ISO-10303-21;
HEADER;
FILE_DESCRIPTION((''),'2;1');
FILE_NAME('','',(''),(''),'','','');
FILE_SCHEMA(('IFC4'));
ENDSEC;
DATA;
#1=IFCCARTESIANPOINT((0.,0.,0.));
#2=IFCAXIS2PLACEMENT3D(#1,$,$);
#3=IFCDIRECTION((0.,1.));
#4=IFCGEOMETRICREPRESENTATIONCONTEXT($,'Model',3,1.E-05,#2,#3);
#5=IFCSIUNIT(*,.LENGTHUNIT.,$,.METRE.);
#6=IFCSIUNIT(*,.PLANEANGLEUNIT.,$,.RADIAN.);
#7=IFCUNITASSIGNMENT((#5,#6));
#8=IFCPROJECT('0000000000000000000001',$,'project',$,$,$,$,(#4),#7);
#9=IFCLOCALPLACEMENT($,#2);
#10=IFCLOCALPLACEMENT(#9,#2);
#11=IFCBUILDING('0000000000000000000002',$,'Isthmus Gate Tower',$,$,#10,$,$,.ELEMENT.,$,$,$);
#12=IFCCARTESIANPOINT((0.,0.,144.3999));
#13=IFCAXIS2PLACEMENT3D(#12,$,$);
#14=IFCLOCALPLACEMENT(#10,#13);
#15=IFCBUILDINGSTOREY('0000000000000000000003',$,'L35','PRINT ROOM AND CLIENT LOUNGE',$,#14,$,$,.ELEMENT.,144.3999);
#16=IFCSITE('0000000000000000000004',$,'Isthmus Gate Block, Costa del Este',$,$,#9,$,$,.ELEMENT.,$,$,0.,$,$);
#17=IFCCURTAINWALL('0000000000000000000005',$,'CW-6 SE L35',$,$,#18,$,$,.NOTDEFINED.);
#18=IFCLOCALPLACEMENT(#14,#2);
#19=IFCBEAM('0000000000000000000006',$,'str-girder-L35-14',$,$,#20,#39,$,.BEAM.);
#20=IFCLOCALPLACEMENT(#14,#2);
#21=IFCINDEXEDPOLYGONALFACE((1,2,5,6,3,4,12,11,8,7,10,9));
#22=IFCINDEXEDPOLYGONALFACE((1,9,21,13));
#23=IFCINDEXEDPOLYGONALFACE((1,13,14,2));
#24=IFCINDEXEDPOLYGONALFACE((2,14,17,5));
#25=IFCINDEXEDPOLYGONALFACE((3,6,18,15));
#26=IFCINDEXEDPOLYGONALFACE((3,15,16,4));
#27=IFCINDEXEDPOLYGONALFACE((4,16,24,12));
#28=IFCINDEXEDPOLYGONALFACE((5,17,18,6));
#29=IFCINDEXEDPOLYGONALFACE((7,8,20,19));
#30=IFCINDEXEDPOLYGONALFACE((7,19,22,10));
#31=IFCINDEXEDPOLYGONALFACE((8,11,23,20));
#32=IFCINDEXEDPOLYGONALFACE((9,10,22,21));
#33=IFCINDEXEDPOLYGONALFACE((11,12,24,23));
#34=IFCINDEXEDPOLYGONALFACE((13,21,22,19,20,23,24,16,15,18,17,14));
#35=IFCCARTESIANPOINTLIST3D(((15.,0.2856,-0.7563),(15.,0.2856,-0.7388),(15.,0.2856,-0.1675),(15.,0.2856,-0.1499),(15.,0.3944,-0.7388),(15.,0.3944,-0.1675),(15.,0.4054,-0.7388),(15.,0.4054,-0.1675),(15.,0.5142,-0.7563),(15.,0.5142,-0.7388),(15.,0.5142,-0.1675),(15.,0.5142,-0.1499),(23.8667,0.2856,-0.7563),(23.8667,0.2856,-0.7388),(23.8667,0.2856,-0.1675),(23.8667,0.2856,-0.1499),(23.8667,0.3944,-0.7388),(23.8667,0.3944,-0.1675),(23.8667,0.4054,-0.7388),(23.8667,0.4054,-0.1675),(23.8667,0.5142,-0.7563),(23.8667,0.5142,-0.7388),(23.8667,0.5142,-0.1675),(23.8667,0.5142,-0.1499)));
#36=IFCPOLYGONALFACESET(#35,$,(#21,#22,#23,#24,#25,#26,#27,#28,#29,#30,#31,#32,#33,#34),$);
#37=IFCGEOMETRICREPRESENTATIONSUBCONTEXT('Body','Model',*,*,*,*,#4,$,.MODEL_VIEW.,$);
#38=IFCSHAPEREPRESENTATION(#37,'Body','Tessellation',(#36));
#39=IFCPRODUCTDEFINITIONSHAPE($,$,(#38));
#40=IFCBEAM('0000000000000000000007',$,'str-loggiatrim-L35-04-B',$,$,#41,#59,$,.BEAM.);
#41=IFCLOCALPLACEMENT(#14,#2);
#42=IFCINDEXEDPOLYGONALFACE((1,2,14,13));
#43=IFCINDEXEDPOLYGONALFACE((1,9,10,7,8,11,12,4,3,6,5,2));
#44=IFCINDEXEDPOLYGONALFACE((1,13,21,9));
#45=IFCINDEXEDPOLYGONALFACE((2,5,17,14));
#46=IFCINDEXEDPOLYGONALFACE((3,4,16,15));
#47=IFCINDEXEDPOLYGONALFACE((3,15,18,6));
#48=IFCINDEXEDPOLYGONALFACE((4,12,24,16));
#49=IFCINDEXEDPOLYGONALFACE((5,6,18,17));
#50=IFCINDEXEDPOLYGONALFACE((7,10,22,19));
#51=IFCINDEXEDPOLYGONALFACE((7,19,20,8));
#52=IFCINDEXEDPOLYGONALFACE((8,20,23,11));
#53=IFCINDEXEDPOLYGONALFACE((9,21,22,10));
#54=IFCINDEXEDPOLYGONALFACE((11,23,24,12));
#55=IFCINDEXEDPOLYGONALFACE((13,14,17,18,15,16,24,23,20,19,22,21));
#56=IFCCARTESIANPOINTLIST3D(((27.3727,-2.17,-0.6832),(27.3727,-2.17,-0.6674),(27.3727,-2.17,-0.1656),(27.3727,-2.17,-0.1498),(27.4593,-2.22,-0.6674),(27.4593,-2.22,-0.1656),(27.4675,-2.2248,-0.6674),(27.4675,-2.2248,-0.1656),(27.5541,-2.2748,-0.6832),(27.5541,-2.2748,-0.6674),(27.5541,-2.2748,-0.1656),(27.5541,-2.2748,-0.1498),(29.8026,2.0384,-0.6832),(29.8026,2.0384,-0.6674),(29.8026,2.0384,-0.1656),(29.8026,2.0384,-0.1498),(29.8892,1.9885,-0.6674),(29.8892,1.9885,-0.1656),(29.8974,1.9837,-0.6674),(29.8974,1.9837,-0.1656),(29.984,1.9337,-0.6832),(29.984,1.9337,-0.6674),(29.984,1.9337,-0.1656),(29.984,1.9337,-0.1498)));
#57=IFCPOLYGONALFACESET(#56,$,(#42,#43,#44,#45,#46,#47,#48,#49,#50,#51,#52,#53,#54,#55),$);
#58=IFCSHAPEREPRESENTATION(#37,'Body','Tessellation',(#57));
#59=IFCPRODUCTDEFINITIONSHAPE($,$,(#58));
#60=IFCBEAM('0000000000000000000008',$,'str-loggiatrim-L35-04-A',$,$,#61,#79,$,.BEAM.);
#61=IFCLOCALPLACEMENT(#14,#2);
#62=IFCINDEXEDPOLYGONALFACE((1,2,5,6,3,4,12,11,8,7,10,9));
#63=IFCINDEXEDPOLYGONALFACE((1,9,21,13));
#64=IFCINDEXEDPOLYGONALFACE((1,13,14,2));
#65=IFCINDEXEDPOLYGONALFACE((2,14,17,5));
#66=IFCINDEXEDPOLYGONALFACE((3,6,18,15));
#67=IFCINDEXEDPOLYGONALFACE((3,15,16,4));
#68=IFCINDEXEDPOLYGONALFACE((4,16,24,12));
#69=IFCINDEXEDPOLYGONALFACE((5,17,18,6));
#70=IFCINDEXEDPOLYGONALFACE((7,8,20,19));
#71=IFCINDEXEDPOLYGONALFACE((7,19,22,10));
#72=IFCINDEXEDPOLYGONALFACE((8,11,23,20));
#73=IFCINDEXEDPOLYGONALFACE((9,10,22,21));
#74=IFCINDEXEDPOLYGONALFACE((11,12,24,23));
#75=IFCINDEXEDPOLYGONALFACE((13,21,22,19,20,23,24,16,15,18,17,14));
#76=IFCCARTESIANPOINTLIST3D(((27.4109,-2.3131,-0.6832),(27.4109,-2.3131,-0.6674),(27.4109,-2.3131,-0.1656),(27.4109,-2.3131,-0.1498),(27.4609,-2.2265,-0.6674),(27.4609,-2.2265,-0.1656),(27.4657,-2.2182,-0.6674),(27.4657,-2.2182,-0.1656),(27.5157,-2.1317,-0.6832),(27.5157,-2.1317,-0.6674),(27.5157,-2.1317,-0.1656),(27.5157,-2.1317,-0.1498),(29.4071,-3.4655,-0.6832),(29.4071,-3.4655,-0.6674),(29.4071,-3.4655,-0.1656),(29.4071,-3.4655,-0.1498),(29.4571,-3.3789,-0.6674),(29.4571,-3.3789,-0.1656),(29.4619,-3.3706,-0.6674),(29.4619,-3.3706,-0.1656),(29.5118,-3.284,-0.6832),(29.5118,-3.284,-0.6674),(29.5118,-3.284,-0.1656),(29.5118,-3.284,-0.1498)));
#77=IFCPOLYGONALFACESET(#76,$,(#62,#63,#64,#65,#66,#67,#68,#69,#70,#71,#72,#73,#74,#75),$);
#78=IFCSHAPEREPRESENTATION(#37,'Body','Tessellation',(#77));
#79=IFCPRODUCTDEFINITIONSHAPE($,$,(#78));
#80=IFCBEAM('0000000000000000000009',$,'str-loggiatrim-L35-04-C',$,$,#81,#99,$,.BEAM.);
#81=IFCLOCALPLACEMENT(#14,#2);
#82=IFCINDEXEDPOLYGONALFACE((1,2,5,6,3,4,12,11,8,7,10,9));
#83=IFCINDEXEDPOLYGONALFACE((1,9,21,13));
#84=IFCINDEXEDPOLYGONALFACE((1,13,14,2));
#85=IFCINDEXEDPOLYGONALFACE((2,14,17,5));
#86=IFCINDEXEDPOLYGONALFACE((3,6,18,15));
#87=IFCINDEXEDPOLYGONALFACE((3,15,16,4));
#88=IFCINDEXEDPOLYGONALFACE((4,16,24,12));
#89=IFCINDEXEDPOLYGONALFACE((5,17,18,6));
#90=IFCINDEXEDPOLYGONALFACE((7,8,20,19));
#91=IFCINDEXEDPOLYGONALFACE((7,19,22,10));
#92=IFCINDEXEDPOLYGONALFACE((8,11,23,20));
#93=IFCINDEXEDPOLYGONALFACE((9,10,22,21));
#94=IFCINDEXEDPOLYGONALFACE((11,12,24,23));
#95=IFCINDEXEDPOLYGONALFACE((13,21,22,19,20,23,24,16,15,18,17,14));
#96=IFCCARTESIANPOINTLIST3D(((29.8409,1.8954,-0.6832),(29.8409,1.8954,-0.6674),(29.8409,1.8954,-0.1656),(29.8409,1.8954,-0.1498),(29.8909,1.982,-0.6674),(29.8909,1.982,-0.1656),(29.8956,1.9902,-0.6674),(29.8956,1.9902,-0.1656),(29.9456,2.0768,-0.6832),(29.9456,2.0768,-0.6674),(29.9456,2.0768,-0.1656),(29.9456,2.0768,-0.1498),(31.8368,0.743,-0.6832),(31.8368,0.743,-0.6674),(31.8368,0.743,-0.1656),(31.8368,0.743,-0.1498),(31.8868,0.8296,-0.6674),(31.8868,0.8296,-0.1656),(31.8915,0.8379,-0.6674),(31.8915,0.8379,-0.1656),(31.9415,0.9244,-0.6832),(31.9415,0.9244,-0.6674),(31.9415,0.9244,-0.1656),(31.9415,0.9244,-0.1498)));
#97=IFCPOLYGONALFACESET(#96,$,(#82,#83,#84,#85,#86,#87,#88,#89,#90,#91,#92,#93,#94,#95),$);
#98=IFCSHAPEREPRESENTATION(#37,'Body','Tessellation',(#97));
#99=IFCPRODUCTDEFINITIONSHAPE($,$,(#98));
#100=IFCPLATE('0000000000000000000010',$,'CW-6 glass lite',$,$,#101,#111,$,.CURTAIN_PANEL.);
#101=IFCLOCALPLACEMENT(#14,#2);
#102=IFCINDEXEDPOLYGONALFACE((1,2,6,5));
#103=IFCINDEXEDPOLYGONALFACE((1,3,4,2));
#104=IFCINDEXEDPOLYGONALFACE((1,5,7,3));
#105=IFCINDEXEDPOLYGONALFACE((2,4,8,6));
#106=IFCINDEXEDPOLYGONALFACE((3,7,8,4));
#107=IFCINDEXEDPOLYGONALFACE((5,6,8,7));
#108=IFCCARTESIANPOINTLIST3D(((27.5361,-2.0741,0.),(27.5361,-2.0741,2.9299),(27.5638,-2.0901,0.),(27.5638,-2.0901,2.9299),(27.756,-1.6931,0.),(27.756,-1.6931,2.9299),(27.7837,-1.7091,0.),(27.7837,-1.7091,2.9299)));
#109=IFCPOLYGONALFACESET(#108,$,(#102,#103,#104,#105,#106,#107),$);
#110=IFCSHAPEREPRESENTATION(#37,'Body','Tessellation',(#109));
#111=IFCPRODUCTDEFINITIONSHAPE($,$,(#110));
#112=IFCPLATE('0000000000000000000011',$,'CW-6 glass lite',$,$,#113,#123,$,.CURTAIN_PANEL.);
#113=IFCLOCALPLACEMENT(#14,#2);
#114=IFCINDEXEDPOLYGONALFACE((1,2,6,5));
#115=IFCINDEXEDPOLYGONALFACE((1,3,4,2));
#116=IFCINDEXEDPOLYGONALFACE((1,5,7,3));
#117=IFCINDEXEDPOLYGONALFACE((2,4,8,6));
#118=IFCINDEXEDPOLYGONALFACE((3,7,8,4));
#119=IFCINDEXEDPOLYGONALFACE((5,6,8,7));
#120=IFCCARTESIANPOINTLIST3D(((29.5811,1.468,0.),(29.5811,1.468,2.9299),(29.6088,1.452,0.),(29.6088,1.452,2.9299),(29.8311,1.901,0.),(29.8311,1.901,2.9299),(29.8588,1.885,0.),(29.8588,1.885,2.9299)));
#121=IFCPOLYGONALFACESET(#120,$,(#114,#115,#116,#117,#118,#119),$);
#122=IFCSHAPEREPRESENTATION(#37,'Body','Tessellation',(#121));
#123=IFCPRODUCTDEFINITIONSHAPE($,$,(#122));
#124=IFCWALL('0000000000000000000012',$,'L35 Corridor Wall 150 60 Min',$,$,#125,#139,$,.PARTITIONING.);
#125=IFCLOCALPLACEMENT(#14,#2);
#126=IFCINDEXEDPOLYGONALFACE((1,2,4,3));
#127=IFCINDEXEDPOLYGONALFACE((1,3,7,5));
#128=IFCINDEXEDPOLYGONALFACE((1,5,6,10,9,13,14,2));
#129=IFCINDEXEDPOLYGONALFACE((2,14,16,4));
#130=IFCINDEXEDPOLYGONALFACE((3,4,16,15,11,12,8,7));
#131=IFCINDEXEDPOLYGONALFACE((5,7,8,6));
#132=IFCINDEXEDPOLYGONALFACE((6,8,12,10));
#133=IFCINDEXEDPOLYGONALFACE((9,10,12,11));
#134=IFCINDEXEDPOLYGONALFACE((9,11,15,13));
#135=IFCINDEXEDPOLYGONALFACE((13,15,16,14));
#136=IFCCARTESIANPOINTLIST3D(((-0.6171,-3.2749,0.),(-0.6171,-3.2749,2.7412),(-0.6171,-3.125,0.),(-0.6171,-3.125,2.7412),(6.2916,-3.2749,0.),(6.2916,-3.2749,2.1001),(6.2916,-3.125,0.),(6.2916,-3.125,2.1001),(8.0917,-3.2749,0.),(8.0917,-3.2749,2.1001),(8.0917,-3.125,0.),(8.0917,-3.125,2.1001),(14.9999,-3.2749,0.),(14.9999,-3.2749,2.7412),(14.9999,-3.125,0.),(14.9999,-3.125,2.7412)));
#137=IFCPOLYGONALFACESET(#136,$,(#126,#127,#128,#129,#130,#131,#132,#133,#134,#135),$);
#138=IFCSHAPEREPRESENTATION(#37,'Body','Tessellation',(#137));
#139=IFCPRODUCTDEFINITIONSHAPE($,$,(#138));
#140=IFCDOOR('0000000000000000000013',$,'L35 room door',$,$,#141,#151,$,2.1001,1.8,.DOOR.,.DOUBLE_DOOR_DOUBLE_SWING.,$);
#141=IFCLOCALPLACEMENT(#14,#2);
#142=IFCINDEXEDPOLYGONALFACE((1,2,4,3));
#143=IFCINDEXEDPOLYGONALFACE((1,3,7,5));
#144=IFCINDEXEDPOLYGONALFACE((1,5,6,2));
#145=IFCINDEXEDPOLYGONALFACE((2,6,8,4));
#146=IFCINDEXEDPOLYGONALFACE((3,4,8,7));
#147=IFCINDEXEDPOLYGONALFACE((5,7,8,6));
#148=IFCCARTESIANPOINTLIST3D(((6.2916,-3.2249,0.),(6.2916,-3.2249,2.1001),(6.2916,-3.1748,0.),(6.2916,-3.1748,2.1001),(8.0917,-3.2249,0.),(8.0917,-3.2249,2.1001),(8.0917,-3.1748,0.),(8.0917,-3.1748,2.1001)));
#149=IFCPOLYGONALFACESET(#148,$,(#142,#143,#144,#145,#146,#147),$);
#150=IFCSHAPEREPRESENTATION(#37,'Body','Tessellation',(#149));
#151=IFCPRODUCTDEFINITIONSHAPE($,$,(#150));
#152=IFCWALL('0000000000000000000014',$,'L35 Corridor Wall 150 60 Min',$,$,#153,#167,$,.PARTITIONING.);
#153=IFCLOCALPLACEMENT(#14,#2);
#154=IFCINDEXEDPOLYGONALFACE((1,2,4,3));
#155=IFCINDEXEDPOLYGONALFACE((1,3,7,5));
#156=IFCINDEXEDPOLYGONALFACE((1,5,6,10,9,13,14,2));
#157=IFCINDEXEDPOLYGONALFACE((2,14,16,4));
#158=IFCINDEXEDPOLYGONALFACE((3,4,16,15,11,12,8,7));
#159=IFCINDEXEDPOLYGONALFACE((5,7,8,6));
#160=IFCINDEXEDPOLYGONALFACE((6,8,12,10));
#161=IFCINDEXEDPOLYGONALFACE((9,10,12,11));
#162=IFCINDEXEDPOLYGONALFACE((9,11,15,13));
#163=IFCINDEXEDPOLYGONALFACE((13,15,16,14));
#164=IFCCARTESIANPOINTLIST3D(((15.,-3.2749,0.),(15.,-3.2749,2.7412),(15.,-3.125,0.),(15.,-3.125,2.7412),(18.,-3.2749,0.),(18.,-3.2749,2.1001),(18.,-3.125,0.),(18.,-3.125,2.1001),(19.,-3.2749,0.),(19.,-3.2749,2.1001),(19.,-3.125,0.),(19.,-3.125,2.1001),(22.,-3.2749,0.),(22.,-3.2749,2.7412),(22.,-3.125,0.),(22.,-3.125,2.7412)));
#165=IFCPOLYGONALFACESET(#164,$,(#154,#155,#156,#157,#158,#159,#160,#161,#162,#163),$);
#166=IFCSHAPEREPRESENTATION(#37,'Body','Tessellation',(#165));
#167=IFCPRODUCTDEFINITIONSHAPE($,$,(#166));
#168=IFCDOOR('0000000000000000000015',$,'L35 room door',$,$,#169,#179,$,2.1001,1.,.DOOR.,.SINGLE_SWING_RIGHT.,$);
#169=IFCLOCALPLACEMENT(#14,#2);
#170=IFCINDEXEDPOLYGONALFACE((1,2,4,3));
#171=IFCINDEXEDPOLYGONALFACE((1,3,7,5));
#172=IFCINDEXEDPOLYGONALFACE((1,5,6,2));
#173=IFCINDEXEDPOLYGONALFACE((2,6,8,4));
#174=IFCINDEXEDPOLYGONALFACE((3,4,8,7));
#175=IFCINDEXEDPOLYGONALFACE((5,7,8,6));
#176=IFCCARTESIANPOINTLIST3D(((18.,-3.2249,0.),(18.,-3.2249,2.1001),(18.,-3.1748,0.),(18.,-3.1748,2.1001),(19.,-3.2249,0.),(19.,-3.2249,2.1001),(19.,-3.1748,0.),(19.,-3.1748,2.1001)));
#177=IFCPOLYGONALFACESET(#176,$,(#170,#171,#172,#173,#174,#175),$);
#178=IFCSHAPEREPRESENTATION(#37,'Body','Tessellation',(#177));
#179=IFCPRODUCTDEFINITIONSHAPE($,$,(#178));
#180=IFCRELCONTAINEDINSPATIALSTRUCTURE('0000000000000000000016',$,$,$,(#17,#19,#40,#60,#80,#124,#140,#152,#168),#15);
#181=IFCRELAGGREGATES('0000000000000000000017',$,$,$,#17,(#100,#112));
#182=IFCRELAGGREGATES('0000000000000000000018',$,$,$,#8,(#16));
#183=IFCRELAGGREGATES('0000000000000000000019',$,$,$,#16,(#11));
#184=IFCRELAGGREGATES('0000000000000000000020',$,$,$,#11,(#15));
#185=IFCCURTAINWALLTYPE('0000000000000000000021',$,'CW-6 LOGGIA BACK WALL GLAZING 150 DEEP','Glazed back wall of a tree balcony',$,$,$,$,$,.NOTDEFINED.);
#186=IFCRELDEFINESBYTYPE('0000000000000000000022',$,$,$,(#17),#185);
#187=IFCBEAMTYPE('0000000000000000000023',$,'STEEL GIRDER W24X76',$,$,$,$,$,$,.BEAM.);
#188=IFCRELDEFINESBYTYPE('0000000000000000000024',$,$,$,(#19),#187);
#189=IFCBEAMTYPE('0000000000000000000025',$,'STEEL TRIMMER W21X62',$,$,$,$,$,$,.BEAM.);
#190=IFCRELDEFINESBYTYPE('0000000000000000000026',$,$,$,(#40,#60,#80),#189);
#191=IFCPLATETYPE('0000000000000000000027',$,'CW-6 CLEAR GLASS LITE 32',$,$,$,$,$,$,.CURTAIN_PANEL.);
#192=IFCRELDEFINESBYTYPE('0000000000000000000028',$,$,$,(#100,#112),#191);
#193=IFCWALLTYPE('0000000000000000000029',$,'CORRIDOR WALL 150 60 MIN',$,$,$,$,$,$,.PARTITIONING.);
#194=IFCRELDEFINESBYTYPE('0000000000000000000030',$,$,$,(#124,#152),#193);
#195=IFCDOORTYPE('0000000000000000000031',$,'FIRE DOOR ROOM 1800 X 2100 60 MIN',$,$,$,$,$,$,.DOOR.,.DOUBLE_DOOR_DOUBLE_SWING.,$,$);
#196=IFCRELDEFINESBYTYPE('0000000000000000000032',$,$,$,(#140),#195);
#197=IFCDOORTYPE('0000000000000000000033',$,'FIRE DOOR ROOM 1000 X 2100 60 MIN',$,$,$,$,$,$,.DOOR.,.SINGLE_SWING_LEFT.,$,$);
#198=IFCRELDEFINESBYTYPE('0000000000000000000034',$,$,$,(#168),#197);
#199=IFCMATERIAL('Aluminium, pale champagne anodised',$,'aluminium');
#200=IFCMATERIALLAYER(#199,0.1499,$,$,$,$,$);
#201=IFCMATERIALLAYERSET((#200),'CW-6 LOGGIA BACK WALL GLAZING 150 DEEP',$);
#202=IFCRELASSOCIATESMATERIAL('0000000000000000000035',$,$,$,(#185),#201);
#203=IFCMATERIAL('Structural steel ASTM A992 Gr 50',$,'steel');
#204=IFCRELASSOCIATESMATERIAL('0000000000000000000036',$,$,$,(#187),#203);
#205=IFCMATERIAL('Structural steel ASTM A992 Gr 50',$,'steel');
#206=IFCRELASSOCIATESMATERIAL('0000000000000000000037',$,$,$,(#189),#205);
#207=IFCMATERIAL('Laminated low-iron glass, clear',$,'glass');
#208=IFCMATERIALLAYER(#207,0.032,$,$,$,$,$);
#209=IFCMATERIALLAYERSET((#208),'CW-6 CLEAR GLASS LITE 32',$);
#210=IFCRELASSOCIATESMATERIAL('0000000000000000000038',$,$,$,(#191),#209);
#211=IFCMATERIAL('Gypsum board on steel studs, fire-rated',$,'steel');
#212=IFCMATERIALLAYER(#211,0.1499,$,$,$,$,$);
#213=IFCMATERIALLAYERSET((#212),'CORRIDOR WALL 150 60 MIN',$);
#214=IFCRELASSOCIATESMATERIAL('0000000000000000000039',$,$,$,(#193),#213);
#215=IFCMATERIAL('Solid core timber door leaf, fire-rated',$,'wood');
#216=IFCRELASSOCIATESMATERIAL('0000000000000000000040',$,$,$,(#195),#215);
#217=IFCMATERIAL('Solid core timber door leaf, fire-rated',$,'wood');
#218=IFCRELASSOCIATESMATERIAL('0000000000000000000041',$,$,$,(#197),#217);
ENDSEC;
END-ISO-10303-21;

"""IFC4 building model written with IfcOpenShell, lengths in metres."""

from ifc_helpers import new_model, si_unit, direction, frame, frame_2d, origin, origin_2d, place, context, subcontext, project, spatial, rectangle, i_section, extrude, material, layer, layer_set, material_profile, profile_set, type_object, element, fill, aggregate, save


model = new_model("IFC4")

# Units and contexts
model_context = context("Model", 3, precision=1e-05, world=origin(), true_north=direction((0.0, 1.0)))
body_context = subcontext(model_context, "Body", "Model", "MODEL_VIEW")
ifc_project = project(units=[si_unit("LENGTHUNIT", "METRE"), si_unit("PLANEANGLEUNIT", "RADIAN")], contexts=[model_context])

# Site, building, storey
site_placement = place(None, origin())
site = spatial("IfcSite", under=ifc_project, at=site_placement, Name="Isthmus Gate Block, Costa del Este", CompositionType="ELEMENT", RefElevation=0.0)
building_placement = place(site_placement, origin())
building = spatial("IfcBuilding", under=site, at=building_placement, Name="Isthmus Gate Tower", CompositionType="ELEMENT")
storey_placement = place(building_placement, frame((0.0, 0.0, 144.3999)))
storey = spatial("IfcBuildingStorey", under=building, at=storey_placement, Name="L35", Description="PRINT ROOM AND CLIENT LOUNGE", CompositionType="ELEMENT", Elevation=144.3999)

# Curtain wall
ifc_material_1 = material(Name="Aluminium, pale champagne anodised", Category="aluminium")
ifc_layer_1 = layer(ifc_material_1, 0.1499)
ifc_layer_set_1 = layer_set([ifc_layer_1], Name="CW-6 LOGGIA BACK WALL GLAZING 150 DEEP")
curtain_wall_type_1 = type_object("IfcCurtainWallType", Name="CW-6 LOGGIA BACK WALL GLAZING 150 DEEP", Description="Glazed back wall of a tree balcony", PredefinedType="NOTDEFINED", material=ifc_layer_set_1)
curtain_wall_1_placement = place(storey_placement, origin())
curtain_wall_1 = element("IfcCurtainWall", 1, at=curtain_wall_1_placement, inside=storey, type_object=curtain_wall_type_1, Name="CW-6 SE L35", PredefinedType="NOTDEFINED")

# Beams
ifc_material_2 = material(Name="Structural steel ASTM A992 Gr 50", Category="steel")
ifc_material_profile_1 = material_profile(ifc_material_2, i_section(OverallWidth=0.2285, OverallDepth=0.6064, WebThickness=0.011, FlangeThickness=0.0176, at=origin_2d()), Name="W24X76")
ifc_profile_set_1 = profile_set([ifc_material_profile_1], Name="Structural steel ASTM A992 Gr 50")
beam_type_1 = type_object("IfcBeamType", Name="STEEL GIRDER W24X76", PredefinedType="BEAM", material=ifc_profile_set_1)
beam_1_placement = place(storey_placement, frame((15.0, 0.3999, -0.4531), z_axis=(1.0, 0.0, 0.0), x_axis=(0.0, 1.0, 0.0)))
element("IfcBeam", 2, at=beam_1_placement, inside=storey, type_object=beam_type_1, Name="str-girder-L35-14", PredefinedType="BEAM", context=body_context, shape_type="SweptSolid", body=[
    extrude(i_section(OverallWidth=0.2285, OverallDepth=0.6064, WebThickness=0.011, FlangeThickness=0.0176, at=origin_2d()), origin(), (0.0, 0.0, 1.0), 8.8667),
])
ifc_material_3 = material(Name="Structural steel ASTM A992 Gr 50", Category="steel")
ifc_material_profile_2 = material_profile(ifc_material_3, i_section(OverallWidth=0.2095, OverallDepth=0.5334, WebThickness=0.0095, FlangeThickness=0.0159, at=origin_2d()), Name="W21X62")
ifc_profile_set_2 = profile_set([ifc_material_profile_2], Name="Structural steel ASTM A992 Gr 50")
beam_type_2 = type_object("IfcBeamType", Name="STEEL TRIMMER W21X62", PredefinedType="BEAM", material=ifc_profile_set_2)
beam_2_placement = place(storey_placement, frame((27.4634, -2.2224, -0.4165), z_axis=(0.500024, 0.866012, 0.0), x_axis=(-0.866012, 0.500024, 0.0)))
element("IfcBeam", 3, at=beam_2_placement, inside=storey, type_object=beam_type_2, Name="str-loggiatrim-L35-04-B", PredefinedType="BEAM", context=body_context, shape_type="SweptSolid", body=[
    extrude(i_section(OverallWidth=0.2095, OverallDepth=0.5334, WebThickness=0.0095, FlangeThickness=0.0159, at=origin_2d()), origin(), (0.0, 0.0, 1.0), 4.8596),
])
beam_3_placement = place(storey_placement, frame((29.4595, -3.3748, -0.4165), z_axis=(-0.866044, 0.499967, 0.0), x_axis=(-0.499967, -0.866044, 0.0)))
element("IfcBeam", 4, at=beam_3_placement, inside=storey, type_object=beam_type_2, Name="str-loggiatrim-L35-04-A", PredefinedType="BEAM", context=body_context, shape_type="SweptSolid", body=[
    extrude(i_section(OverallWidth=0.2095, OverallDepth=0.5334, WebThickness=0.0095, FlangeThickness=0.0159, at=origin_2d()), origin(), (0.0, 0.0, 1.0), 2.3049),
])
beam_4_placement = place(storey_placement, frame((31.8892, 0.8337, -0.4165), z_axis=(-0.866018, 0.500013, 0.0), x_axis=(-0.500013, -0.866018, 0.0)))
element("IfcBeam", 5, at=beam_4_placement, inside=storey, type_object=beam_type_2, Name="str-loggiatrim-L35-04-C", PredefinedType="BEAM", context=body_context, shape_type="SweptSolid", body=[
    extrude(i_section(OverallWidth=0.2095, OverallDepth=0.5334, WebThickness=0.0095, FlangeThickness=0.0159, at=origin_2d()), origin(), (0.0, 0.0, 1.0), 2.3047),
])

# Plates
ifc_material_4 = material(Name="Laminated low-iron glass, clear", Category="glass")
ifc_layer_2 = layer(ifc_material_4, 0.032)
ifc_layer_set_2 = layer_set([ifc_layer_2], Name="CW-6 CLEAR GLASS LITE 32")
plate_type = type_object("IfcPlateType", Name="CW-6 CLEAR GLASS LITE 32", PredefinedType="CURTAIN_PANEL", material=ifc_layer_set_2)
plate_1_placement = place(storey_placement, frame((27.6599, -1.8916, 0.0), z_axis=(0.0, 0.0, 1.0), x_axis=(0.5, 0.866025, 0.0)))
plate_1 = element("IfcPlate", 6, at=plate_1_placement, type_object=plate_type, Name="CW-6 glass lite", PredefinedType="CURTAIN_PANEL", context=body_context, shape_type="SweptSolid", body=[
    extrude(rectangle(XDim=0.4399, YDim=0.032, at=origin_2d()), origin(), (0.0, 0.0, 1.0), 2.9299),
])
plate_2_placement = place(storey_placement, frame((29.72, 1.6765, 0.0), z_axis=(0.0, 0.0, 1.0), x_axis=(0.5, 0.866025, 0.0)))
plate_2 = element("IfcPlate", 7, at=plate_2_placement, type_object=plate_type, Name="CW-6 glass lite", PredefinedType="CURTAIN_PANEL", context=body_context, shape_type="SweptSolid", body=[
    extrude(rectangle(XDim=0.5, YDim=0.032, at=origin_2d()), origin(), (0.0, 0.0, 1.0), 2.9299),
])
aggregate(curtain_wall_1, [plate_1, plate_2])

# Walls, openings, doors
ifc_material_5 = material(Name="Gypsum board on steel studs, fire-rated", Category="steel")
ifc_layer_3 = layer(ifc_material_5, 0.1499)
ifc_layer_set_3 = layer_set([ifc_layer_3], Name="CORRIDOR WALL 150 60 MIN")
wall_type_1 = type_object("IfcWallType", Name="CORRIDOR WALL 150 60 MIN", PredefinedType="PARTITIONING", material=ifc_layer_set_3)
wall_1_placement = place(storey_placement, frame((15.0, -3.2, 0.0), z_axis=(0.0, 0.0, 1.0), x_axis=(-1.0, 0.0, 0.0)))
wall_1 = element("IfcWall", 8, at=wall_1_placement, inside=storey, type_object=wall_type_1, Name="L35 Corridor Wall 150 60 Min", PredefinedType="PARTITIONING", context=body_context, shape_type="SweptSolid", body=[
    extrude(rectangle(XDim=15.6169, YDim=0.1499, at=frame_2d((7.8086, 0.0))), origin(), (0.0, 0.0, 1.0), 2.7412),
])
opening_1_placement = place(wall_1_placement, frame((6.9084, 0.0, 0.0)))
opening_1 = element("IfcOpeningElement", 9, at=opening_1_placement, cuts=wall_1, PredefinedType="OPENING", context=body_context, shape_type="SweptSolid", body=[
    extrude(rectangle(XDim=1.8, YDim=2.1001, at=frame_2d((0.8999, 1.05))), frame((0.0, 0.085, 0.0), z_axis=(0.0, -1.0, 0.0), x_axis=(1.0, 0.0, 0.0)), (0.0, 0.0, 1.0), 0.1699),
])
ifc_material_6 = material(Name="Solid core timber door leaf, fire-rated", Category="wood")
door_type_1 = type_object("IfcDoorType", Name="FIRE DOOR ROOM 1800 X 2100 60 MIN", OperationType="DOUBLE_DOOR_DOUBLE_SWING", PredefinedType="DOOR", material=ifc_material_6)
door_1_placement = place(opening_1_placement, origin())
door_1 = element("IfcDoor", 10, at=door_1_placement, inside=storey, type_object=door_type_1, Name="L35 room door", OperationType="DOUBLE_DOOR_DOUBLE_SWING", OverallHeight=2.1001, OverallWidth=1.8, PredefinedType="DOOR", context=body_context, shape_type="SweptSolid", body=[
    extrude(rectangle(XDim=1.8, YDim=2.1001, at=frame_2d((0.8999, 1.05))), frame((0.0, 0.0249, 0.0), z_axis=(0.0, -1.0, 0.0), x_axis=(1.0, 0.0, 0.0)), (0.0, 0.0, 1.0), 0.05),
])
fill(opening_1, door_1)
wall_2_placement = place(storey_placement, frame((22.0, -3.2, 0.0), z_axis=(0.0, 0.0, 1.0), x_axis=(-1.0, 0.0, 0.0)))
wall_2 = element("IfcWall", 11, at=wall_2_placement, inside=storey, type_object=wall_type_1, Name="L35 Corridor Wall 150 60 Min", PredefinedType="PARTITIONING", context=body_context, shape_type="SweptSolid", body=[
    extrude(rectangle(XDim=7.0, YDim=0.1499, at=frame_2d((3.5, 0.0))), origin(), (0.0, 0.0, 1.0), 2.7412),
])
opening_2_placement = place(wall_2_placement, frame((3.0, 0.0, 0.0)))
opening_2 = element("IfcOpeningElement", 12, at=opening_2_placement, cuts=wall_2, PredefinedType="OPENING", context=body_context, shape_type="SweptSolid", body=[
    extrude(rectangle(XDim=1.0, YDim=2.1001, at=frame_2d((0.5, 1.05))), frame((0.0, 0.085, 0.0), z_axis=(0.0, -1.0, 0.0), x_axis=(1.0, 0.0, 0.0)), (0.0, 0.0, 1.0), 0.1699),
])
ifc_material_7 = material(Name="Solid core timber door leaf, fire-rated", Category="wood")
door_type_2 = type_object("IfcDoorType", Name="FIRE DOOR ROOM 1000 X 2100 60 MIN", OperationType="SINGLE_SWING_LEFT", PredefinedType="DOOR", material=ifc_material_7)
door_2_placement = place(opening_2_placement, origin())
door_2 = element("IfcDoor", 13, at=door_2_placement, inside=storey, type_object=door_type_2, Name="L35 room door", OperationType="SINGLE_SWING_RIGHT", OverallHeight=2.1001, OverallWidth=1.0, PredefinedType="DOOR", context=body_context, shape_type="SweptSolid", body=[
    extrude(rectangle(XDim=1.0, YDim=2.1001, at=frame_2d((0.5, 1.05))), frame((0.0, 0.0249, 0.0), z_axis=(0.0, -1.0, 0.0), x_axis=(1.0, 0.0, 0.0)), (0.0, 0.0, 1.0), 0.05),
])
fill(opening_2, door_2)

save(model, "model.ifc")
